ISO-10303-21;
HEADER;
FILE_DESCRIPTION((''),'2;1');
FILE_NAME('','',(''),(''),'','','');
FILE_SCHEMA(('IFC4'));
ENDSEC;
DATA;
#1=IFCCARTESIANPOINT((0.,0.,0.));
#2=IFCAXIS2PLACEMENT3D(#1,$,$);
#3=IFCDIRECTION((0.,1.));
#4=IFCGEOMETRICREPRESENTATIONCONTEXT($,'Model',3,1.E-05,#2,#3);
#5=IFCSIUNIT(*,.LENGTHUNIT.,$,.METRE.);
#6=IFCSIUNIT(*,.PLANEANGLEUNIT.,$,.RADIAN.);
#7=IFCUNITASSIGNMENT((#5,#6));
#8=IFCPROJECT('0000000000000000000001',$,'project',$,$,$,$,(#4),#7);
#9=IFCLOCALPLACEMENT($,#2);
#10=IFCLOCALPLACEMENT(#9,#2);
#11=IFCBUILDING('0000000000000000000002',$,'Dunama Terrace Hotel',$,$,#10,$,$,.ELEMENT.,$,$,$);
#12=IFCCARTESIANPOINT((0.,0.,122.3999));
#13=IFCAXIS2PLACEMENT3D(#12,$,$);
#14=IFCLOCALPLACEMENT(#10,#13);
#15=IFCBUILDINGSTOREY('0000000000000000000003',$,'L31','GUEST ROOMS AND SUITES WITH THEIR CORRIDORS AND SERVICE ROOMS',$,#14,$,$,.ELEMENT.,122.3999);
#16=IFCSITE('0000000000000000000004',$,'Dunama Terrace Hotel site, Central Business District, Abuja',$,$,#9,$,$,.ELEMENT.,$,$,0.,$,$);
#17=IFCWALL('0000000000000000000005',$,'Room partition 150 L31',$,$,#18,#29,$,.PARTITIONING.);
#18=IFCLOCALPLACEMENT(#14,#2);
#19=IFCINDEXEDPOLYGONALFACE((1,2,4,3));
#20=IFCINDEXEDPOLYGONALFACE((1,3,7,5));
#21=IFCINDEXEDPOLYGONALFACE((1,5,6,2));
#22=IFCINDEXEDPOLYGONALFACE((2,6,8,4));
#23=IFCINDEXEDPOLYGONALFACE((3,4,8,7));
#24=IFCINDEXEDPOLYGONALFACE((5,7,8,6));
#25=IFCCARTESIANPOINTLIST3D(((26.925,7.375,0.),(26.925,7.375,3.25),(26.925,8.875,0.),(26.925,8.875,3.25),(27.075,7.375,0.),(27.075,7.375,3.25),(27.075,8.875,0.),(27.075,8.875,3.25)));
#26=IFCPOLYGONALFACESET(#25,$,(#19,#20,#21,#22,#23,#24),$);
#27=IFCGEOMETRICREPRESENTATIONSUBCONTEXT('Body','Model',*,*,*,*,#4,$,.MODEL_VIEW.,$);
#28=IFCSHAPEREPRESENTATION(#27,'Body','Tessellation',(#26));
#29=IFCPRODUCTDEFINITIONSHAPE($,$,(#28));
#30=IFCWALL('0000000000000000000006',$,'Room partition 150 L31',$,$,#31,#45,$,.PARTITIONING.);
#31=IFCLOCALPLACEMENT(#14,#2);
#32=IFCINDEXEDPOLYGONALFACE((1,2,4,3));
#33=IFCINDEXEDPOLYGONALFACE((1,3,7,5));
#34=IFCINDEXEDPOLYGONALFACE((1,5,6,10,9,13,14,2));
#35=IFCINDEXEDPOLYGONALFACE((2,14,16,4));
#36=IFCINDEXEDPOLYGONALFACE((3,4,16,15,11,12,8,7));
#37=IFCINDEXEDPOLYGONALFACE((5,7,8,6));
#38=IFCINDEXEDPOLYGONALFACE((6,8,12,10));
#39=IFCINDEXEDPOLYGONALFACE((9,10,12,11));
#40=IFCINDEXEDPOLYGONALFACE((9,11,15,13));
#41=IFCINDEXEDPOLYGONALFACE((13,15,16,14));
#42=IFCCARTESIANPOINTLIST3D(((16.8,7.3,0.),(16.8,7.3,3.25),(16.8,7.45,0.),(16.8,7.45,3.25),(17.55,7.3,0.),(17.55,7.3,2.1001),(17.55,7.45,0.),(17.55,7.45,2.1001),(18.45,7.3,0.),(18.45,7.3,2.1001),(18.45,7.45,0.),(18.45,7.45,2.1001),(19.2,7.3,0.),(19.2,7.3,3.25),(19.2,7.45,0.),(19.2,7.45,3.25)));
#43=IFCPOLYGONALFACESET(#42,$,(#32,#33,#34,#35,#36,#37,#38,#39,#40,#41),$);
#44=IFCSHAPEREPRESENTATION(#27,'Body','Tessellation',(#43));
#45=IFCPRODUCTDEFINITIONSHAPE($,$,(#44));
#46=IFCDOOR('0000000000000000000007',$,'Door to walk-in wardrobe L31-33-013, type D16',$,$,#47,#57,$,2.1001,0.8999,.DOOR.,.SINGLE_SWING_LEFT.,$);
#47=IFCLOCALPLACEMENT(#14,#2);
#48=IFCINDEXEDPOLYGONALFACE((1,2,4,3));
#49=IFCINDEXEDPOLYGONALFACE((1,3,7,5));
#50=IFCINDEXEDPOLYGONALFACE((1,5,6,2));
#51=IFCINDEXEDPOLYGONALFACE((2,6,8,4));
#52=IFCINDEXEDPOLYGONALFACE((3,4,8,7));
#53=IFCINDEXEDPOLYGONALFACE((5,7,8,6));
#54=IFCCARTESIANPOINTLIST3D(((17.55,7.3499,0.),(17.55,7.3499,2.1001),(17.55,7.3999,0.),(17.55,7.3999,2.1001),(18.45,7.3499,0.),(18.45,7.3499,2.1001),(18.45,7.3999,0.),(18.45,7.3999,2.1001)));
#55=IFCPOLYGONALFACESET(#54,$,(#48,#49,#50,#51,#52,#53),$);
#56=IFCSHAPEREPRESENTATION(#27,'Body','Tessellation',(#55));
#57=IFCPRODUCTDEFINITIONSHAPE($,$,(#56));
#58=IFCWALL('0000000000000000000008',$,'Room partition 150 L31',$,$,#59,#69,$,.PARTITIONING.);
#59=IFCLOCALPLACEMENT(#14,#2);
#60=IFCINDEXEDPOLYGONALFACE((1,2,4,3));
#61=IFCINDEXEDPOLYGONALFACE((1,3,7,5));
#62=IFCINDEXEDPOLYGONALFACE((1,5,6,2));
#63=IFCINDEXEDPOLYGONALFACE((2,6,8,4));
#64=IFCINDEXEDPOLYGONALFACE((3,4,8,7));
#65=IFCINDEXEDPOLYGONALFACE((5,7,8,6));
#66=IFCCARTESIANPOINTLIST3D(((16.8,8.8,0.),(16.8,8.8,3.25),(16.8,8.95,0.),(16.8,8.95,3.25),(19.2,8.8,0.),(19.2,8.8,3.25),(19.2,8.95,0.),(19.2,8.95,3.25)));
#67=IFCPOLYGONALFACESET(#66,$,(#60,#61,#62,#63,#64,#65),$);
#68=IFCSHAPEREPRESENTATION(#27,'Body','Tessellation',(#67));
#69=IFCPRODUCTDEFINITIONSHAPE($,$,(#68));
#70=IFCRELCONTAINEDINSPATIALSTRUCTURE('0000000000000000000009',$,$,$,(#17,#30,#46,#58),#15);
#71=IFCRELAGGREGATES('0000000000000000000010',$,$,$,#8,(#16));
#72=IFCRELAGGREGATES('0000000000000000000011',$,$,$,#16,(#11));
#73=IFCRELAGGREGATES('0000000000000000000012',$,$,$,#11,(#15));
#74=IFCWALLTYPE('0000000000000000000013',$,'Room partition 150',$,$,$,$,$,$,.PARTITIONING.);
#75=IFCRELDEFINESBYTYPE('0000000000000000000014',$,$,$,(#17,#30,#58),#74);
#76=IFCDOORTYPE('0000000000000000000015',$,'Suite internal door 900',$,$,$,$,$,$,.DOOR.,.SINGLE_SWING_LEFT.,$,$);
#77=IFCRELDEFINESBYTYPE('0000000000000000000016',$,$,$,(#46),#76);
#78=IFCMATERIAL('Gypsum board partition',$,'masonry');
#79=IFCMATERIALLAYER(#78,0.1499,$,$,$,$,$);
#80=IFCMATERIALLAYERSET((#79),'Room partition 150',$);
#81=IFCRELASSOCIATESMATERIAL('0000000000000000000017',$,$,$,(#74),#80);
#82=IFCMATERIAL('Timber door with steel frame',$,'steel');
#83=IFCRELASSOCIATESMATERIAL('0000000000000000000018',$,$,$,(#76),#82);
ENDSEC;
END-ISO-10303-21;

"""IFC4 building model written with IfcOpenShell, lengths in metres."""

from ifc_helpers import new_model, si_unit, direction, frame, frame_2d, origin, place, context, subcontext, project, spatial, rectangle, extrude, material, layer, layer_set, type_object, element, fill, save


model = new_model("IFC4")

# Units and contexts
model_context = context("Model", 3, precision=1e-05, world=origin(), true_north=direction((0.0, 1.0)))
body_context = subcontext(model_context, "Body", "Model", "MODEL_VIEW")
ifc_project = project(units=[si_unit("LENGTHUNIT", "METRE"), si_unit("PLANEANGLEUNIT", "RADIAN")], contexts=[model_context])

# Site, building, storey
site_placement = place(None, origin())
site = spatial("IfcSite", under=ifc_project, at=site_placement, Name="Dunama Terrace Hotel site, Central Business District, Abuja", CompositionType="ELEMENT", RefElevation=0.0)
building_placement = place(site_placement, origin())
building = spatial("IfcBuilding", under=site, at=building_placement, Name="Dunama Terrace Hotel", CompositionType="ELEMENT")
storey_placement = place(building_placement, frame((0.0, 0.0, 122.3999)))
storey = spatial("IfcBuildingStorey", under=building, at=storey_placement, Name="L31", Description="GUEST ROOMS AND SUITES WITH THEIR CORRIDORS AND SERVICE ROOMS", CompositionType="ELEMENT", Elevation=122.3999)

# Wall
ifc_material_1 = material(Name="Gypsum board partition", Category="masonry")
ifc_layer_1 = layer(ifc_material_1, 0.1499)
ifc_layer_set_1 = layer_set([ifc_layer_1], Name="Room partition 150")
wall_type_1 = type_object("IfcWallType", Name="Room partition 150", PredefinedType="PARTITIONING", material=ifc_layer_set_1)
for number, where, z_axis, x_axis, name in (
    (1, (27.0, 7.375, 0.0), (0.0, 0.0, 1.0), (0.0, 1.0, 0.0), "Room partition 150 L31"),
):
    element("IfcWall", number, at=place(storey_placement, frame(where, z_axis=z_axis, x_axis=x_axis)), inside=storey, type_object=wall_type_1, Name=name, PredefinedType="PARTITIONING", context=body_context, shape_type="SweptSolid", body=[
        extrude(rectangle(XDim=1.5, YDim=0.1499, at=frame_2d((0.75, 0.0))), origin(), (0.0, 0.0, 1.0), 3.25),
    ])

# Wall, opening, door
wall_1_placement = place(storey_placement, frame((16.8, 7.375, 0.0), z_axis=(0.0, 0.0, 1.0), x_axis=(1.0, 0.0, 0.0)))
wall_1 = element("IfcWall", 2, at=wall_1_placement, inside=storey, type_object=wall_type_1, Name="Room partition 150 L31", PredefinedType="PARTITIONING", context=body_context, shape_type="SweptSolid", body=[
    extrude(rectangle(XDim=2.3999, YDim=0.1499, at=frame_2d((1.2, 0.0))), origin(), (0.0, 0.0, 1.0), 3.25),
])
opening_1_placement = place(wall_1_placement, frame((0.75, 0.0, 0.0)))
opening_1 = element("IfcOpeningElement", 3, at=opening_1_placement, cuts=wall_1, PredefinedType="OPENING", context=body_context, shape_type="SweptSolid", body=[
    extrude(rectangle(XDim=0.8999, YDim=2.1001, at=frame_2d((0.45, 1.05))), frame((0.0, 0.085, 0.0), z_axis=(0.0, -1.0, 0.0), x_axis=(1.0, 0.0, 0.0)), (0.0, 0.0, 1.0), 0.1699),
])
ifc_material_2 = material(Name="Timber door with steel frame", Category="steel")
door_type_1 = type_object("IfcDoorType", Name="Suite internal door 900", OperationType="SINGLE_SWING_LEFT", PredefinedType="DOOR", material=ifc_material_2)
door_1_placement = place(opening_1_placement, origin())
door_1 = element("IfcDoor", 4, at=door_1_placement, inside=storey, type_object=door_type_1, Name="Door to walk-in wardrobe L31-33-013, type D16", OperationType="SINGLE_SWING_LEFT", OverallHeight=2.1001, OverallWidth=0.8999, PredefinedType="DOOR", context=body_context, shape_type="SweptSolid", body=[
    extrude(rectangle(XDim=0.8999, YDim=2.1001, at=frame_2d((0.45, 1.05))), frame((0.0, 0.0249, 0.0), z_axis=(0.0, -1.0, 0.0), x_axis=(1.0, 0.0, 0.0)), (0.0, 0.0, 1.0), 0.05),
])
fill(opening_1, door_1)

# Wall
wall_2_placement = place(storey_placement, frame((16.8, 8.875, 0.0), z_axis=(0.0, 0.0, 1.0), x_axis=(1.0, 0.0, 0.0)))
element("IfcWall", 5, at=wall_2_placement, inside=storey, type_object=wall_type_1, Name="Room partition 150 L31", PredefinedType="PARTITIONING", context=body_context, shape_type="SweptSolid", body=[
    extrude(rectangle(XDim=2.3999, YDim=0.1499, at=frame_2d((1.2, 0.0))), origin(), (0.0, 0.0, 1.0), 3.25),
])

save(model, "model.ifc")
